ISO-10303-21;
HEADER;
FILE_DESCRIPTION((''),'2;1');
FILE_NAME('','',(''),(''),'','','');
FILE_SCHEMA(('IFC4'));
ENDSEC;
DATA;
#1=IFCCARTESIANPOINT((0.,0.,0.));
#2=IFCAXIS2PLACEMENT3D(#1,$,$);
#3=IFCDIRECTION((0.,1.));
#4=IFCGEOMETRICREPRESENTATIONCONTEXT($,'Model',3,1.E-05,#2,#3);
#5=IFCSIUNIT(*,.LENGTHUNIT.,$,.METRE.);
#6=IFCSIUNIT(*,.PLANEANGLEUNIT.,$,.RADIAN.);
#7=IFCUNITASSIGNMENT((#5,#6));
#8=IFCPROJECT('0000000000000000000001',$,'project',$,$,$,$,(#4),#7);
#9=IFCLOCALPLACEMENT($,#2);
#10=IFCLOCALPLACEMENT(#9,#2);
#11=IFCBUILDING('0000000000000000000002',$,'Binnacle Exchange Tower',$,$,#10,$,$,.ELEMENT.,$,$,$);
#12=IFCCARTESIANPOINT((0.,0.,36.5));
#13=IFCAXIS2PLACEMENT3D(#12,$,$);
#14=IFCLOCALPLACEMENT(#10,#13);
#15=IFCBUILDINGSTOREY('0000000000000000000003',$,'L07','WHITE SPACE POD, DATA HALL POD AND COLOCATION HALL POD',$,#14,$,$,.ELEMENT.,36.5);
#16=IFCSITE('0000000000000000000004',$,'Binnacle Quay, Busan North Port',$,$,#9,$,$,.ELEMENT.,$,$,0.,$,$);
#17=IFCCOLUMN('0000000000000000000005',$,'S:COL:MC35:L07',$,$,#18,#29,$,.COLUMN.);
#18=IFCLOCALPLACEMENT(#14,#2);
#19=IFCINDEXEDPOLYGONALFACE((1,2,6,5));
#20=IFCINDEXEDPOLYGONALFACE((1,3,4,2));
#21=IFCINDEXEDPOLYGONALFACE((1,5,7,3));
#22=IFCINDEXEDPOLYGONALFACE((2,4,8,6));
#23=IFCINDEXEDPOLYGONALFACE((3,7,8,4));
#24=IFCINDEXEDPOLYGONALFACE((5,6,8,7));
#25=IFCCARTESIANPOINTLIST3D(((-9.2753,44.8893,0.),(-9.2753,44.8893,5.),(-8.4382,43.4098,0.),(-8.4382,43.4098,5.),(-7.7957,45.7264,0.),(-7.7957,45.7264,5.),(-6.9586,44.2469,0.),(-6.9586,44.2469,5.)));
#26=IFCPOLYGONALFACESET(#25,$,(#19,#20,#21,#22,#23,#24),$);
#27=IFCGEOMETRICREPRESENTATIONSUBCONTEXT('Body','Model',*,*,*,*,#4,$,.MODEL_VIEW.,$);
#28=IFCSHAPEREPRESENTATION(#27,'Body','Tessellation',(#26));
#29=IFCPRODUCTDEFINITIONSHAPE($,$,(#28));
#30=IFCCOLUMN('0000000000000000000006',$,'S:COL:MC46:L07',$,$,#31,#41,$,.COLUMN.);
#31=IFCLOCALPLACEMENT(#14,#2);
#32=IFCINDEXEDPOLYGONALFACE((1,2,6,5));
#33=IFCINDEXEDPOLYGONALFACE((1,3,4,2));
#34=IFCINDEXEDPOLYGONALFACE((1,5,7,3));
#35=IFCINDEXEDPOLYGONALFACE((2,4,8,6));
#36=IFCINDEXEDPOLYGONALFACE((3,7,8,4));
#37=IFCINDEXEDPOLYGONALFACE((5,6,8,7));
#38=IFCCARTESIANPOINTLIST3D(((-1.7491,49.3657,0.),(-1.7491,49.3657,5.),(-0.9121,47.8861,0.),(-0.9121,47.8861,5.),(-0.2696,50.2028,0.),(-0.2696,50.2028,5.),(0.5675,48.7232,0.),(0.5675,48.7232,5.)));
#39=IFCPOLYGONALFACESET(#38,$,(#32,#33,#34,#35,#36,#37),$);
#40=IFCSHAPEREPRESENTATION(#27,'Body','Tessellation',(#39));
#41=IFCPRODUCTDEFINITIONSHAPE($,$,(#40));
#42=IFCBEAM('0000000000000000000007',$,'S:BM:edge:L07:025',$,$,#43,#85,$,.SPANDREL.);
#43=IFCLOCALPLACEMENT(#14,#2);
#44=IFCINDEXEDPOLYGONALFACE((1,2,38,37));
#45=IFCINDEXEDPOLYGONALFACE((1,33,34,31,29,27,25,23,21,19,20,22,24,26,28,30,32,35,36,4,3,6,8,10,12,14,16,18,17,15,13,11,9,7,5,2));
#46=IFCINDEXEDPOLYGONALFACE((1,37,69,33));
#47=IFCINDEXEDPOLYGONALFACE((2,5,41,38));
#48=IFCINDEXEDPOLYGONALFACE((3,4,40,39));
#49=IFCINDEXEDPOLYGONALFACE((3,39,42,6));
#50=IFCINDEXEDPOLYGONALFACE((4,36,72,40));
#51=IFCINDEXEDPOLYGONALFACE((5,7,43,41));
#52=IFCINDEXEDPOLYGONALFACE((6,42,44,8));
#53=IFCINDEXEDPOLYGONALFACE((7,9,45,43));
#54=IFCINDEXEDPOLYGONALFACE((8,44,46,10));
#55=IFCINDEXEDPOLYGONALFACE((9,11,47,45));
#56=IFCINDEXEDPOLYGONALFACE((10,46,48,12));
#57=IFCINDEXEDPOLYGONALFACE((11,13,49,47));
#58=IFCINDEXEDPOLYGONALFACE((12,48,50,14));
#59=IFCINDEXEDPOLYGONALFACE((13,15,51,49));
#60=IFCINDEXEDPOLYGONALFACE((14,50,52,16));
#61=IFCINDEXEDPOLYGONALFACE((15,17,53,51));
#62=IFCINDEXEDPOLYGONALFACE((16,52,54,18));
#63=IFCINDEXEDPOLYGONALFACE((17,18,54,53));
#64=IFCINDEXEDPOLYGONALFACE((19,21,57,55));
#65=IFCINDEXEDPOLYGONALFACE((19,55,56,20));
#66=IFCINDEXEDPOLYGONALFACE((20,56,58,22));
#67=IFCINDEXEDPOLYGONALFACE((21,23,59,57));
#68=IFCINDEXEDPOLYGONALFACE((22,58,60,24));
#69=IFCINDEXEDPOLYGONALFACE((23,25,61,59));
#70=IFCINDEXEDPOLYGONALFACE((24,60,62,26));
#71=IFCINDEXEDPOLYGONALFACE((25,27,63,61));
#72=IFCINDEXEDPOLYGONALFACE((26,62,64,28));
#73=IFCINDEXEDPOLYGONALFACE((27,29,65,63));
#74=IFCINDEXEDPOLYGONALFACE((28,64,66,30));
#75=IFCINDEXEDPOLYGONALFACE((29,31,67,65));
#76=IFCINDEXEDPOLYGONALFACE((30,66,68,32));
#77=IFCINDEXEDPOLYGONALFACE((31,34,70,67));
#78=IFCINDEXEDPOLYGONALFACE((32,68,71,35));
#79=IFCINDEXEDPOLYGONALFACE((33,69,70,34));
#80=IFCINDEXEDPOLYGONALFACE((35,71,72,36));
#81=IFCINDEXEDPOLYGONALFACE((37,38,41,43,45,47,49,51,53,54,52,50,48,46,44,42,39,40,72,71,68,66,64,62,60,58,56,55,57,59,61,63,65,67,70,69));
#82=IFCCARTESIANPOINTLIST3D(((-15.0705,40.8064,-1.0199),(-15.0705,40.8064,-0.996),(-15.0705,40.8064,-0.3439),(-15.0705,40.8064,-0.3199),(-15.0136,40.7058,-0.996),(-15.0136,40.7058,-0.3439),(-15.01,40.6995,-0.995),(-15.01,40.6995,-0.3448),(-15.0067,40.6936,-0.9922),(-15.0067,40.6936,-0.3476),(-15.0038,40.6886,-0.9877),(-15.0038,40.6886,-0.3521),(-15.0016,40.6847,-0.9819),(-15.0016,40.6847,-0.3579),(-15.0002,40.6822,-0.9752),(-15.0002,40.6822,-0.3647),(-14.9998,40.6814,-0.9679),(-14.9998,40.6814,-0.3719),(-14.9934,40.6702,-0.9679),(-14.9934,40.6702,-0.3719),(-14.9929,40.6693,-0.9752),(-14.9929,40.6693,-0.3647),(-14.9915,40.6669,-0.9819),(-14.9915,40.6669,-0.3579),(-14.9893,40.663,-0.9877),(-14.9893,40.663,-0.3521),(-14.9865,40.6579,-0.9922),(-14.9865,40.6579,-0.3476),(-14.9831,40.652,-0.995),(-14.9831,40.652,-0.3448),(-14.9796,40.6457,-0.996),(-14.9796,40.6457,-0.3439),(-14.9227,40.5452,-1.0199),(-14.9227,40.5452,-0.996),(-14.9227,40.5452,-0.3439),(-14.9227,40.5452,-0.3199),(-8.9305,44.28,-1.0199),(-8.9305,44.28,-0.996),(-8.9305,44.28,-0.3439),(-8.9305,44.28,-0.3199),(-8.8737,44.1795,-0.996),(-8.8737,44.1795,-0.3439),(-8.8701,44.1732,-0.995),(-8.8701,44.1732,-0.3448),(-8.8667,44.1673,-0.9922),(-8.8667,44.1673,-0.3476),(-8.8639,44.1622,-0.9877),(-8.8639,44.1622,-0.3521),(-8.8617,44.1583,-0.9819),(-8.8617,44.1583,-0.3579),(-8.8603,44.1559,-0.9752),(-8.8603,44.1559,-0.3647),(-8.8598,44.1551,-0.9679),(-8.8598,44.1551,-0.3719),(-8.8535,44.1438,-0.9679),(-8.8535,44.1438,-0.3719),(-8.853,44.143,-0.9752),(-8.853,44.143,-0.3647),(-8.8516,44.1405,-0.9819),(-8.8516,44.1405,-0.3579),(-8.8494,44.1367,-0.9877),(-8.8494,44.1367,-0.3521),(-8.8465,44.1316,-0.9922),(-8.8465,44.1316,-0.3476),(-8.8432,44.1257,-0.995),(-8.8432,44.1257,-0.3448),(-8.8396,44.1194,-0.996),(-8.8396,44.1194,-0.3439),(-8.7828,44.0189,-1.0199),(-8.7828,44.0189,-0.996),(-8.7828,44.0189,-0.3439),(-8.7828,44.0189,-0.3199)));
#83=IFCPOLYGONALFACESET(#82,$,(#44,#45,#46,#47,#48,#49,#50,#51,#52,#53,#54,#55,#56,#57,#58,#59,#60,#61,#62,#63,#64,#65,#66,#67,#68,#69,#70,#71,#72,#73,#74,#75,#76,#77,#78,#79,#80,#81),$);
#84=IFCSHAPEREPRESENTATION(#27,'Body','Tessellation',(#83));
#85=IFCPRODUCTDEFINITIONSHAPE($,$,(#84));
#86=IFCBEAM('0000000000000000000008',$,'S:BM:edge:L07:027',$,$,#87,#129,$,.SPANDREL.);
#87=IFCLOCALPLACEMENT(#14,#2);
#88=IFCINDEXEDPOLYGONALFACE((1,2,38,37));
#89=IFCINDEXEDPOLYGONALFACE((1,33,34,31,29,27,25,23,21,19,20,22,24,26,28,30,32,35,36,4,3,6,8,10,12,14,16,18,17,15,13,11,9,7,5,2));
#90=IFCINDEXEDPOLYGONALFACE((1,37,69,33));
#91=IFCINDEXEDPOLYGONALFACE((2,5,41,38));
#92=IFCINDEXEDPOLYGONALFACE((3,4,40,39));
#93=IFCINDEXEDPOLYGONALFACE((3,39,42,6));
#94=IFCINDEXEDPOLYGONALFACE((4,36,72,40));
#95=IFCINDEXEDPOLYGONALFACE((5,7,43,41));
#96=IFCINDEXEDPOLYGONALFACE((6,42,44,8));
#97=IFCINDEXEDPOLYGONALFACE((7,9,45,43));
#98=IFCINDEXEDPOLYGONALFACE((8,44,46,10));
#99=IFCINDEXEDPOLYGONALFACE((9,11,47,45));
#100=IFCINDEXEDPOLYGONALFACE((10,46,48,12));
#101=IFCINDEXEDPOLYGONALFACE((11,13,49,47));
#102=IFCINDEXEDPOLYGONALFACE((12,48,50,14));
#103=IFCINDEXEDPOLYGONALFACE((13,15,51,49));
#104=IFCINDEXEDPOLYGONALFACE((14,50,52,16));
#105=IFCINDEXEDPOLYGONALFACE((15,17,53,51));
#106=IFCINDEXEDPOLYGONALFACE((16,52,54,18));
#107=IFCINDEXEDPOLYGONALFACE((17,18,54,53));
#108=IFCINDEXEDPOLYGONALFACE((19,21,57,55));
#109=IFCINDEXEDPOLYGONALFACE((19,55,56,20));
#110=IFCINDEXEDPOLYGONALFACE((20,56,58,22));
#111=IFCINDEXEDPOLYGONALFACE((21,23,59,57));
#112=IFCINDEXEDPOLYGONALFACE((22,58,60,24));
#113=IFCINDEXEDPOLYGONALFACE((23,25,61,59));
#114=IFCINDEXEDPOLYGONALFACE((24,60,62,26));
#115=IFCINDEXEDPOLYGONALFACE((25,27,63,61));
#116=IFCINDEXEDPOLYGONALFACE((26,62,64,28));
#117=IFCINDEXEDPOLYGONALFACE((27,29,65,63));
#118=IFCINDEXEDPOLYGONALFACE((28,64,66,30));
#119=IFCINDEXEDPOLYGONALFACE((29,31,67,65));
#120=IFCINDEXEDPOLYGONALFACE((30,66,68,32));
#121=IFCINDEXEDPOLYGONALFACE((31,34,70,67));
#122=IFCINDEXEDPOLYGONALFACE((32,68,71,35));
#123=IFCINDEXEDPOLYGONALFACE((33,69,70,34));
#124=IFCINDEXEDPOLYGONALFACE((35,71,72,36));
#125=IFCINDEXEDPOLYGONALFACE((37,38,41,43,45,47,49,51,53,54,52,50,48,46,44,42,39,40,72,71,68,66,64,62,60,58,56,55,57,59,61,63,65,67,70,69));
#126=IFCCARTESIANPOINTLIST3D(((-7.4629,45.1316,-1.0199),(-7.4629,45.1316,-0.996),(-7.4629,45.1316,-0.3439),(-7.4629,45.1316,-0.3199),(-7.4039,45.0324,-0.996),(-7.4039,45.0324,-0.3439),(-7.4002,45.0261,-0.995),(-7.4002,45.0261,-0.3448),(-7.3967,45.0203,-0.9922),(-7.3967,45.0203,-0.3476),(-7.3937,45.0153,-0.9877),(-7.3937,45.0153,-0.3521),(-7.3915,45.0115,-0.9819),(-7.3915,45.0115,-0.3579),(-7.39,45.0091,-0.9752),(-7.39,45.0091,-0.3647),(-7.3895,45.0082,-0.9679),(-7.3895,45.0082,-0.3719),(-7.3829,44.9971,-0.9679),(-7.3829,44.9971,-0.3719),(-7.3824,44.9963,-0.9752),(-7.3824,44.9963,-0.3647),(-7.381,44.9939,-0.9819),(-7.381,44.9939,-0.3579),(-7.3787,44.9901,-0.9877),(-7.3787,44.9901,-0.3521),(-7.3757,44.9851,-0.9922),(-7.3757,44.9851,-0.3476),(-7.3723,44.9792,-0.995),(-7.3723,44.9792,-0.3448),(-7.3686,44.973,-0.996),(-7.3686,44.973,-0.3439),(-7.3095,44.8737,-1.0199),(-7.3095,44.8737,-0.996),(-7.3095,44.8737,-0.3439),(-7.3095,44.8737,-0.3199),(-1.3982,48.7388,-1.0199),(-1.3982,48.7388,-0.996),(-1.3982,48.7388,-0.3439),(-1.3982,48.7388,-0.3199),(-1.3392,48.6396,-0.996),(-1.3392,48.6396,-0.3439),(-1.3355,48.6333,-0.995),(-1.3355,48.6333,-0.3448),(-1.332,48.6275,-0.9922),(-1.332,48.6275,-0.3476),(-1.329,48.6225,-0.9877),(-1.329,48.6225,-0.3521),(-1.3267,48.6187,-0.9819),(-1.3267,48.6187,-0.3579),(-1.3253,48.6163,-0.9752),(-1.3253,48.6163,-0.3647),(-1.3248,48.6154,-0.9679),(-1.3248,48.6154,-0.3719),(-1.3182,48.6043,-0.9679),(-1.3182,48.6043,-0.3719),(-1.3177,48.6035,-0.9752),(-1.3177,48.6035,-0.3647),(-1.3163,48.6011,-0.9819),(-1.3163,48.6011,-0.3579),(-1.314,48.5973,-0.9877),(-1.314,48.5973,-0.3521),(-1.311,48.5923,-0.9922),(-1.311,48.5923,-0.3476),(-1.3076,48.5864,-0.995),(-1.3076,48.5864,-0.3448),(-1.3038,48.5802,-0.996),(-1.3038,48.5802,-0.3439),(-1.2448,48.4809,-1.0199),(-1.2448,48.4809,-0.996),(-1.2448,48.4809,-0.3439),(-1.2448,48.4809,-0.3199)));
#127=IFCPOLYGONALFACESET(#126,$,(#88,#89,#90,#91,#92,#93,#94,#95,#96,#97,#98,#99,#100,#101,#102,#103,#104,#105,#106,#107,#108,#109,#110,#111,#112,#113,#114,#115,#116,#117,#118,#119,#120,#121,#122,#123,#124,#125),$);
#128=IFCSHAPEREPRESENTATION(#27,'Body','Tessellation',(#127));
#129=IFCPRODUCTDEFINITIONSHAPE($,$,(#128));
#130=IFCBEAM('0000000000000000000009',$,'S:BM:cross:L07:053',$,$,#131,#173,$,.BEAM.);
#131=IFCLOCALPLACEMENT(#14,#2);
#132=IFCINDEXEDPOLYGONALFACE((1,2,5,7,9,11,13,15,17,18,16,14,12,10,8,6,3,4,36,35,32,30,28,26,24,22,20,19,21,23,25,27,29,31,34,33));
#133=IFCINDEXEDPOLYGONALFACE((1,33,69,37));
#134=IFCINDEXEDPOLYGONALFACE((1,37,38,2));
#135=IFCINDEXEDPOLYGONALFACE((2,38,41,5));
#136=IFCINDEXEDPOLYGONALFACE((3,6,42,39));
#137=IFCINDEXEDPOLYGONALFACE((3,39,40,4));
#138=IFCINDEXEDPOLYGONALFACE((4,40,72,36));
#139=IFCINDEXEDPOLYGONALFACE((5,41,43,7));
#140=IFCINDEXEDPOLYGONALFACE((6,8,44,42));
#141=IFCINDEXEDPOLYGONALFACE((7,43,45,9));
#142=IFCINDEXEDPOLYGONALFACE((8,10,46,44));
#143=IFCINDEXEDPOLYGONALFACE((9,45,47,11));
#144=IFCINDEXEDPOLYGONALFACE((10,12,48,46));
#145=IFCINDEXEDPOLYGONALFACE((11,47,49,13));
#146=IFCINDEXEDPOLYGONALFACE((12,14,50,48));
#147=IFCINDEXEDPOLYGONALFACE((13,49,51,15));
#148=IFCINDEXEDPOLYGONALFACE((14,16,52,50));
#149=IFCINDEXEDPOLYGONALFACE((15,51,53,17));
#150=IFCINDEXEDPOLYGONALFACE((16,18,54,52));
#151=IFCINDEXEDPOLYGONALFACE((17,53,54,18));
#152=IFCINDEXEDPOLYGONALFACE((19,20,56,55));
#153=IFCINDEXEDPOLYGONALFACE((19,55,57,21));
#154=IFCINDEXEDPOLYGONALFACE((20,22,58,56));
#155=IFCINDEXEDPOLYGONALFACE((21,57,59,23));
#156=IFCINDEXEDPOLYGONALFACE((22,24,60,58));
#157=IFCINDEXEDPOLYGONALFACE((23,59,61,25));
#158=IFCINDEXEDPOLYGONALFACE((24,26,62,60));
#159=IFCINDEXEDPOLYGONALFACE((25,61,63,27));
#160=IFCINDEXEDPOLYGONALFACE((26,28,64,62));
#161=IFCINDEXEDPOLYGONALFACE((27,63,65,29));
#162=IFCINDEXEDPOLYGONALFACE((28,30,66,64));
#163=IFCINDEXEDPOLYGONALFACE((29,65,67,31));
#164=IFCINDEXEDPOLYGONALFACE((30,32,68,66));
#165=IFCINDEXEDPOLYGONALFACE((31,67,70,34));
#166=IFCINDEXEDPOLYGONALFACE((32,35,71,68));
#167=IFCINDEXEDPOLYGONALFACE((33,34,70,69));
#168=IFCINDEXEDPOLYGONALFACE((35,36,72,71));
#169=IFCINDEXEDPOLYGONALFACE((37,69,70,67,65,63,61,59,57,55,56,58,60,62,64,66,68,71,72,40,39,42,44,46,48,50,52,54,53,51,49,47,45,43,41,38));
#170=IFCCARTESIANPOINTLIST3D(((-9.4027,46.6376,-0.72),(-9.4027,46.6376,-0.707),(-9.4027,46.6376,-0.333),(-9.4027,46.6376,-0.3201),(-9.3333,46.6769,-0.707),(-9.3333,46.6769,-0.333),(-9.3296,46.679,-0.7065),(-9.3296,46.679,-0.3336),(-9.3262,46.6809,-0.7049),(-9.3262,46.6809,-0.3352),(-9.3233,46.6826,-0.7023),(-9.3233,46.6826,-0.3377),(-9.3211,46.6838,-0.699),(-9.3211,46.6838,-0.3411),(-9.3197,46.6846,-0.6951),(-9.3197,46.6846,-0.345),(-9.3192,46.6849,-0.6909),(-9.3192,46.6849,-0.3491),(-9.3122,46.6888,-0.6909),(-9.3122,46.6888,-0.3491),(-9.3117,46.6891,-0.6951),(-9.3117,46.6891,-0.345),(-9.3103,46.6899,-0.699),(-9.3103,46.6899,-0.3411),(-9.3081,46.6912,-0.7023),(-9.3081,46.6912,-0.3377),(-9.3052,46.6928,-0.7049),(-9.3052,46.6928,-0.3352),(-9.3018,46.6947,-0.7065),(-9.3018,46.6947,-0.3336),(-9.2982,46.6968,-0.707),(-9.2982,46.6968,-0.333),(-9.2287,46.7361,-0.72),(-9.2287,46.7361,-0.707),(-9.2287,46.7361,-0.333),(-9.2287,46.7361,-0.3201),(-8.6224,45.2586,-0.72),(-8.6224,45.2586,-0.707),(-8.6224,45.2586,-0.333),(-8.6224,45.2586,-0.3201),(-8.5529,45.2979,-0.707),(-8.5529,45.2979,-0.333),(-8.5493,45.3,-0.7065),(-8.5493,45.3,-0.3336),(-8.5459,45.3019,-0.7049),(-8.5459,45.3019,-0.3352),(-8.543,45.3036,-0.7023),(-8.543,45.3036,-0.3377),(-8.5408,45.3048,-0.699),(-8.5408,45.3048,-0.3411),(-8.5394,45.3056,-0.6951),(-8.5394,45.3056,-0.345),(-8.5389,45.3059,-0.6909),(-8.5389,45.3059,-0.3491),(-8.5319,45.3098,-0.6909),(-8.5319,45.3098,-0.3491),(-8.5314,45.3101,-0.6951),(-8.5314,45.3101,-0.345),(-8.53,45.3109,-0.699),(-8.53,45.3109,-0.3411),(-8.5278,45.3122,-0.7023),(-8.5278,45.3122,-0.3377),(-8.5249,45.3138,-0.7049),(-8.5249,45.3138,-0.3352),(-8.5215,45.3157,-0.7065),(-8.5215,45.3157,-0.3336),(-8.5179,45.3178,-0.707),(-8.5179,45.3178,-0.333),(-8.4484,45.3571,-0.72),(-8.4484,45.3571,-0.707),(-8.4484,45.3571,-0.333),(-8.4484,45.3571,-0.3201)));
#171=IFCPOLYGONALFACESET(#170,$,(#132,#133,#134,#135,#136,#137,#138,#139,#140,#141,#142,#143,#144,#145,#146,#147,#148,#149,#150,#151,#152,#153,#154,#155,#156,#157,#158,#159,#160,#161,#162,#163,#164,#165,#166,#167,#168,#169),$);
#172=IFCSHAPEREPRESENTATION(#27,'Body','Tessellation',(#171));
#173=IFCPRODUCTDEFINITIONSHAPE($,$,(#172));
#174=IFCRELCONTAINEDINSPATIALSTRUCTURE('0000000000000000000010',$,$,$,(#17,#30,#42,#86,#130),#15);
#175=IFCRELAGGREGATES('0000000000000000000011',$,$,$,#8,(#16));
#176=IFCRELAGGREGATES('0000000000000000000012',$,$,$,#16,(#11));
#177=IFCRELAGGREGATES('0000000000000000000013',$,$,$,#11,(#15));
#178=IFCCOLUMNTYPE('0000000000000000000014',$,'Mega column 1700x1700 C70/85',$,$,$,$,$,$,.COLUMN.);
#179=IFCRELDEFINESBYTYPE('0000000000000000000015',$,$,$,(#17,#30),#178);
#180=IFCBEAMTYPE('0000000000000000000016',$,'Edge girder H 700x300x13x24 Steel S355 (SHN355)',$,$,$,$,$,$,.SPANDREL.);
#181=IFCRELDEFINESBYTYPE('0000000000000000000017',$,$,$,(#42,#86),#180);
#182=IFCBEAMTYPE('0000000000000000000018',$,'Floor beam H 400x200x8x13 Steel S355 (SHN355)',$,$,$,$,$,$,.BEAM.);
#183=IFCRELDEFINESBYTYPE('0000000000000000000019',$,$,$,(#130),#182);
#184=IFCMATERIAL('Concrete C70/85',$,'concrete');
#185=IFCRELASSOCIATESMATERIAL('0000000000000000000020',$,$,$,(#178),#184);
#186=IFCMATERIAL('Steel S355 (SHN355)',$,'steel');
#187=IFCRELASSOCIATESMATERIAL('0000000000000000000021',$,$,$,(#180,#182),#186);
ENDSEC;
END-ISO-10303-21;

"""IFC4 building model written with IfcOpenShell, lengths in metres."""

from ifc_helpers import new_model, si_unit, direction, frame, origin, origin_2d, place, context, subcontext, project, spatial, rectangle, i_section, extrude, material, material_profile, profile_set, type_object, element, save


model = new_model("IFC4")

# Units and contexts
model_context = context("Model", 3, precision=1e-05, world=origin(), true_north=direction((0.0, 1.0)))
body_context = subcontext(model_context, "Body", "Model", "MODEL_VIEW")
ifc_project = project(units=[si_unit("LENGTHUNIT", "METRE"), si_unit("PLANEANGLEUNIT", "RADIAN")], contexts=[model_context])

# Site, building, storey
site_placement = place(None, origin())
site = spatial("IfcSite", under=ifc_project, at=site_placement, Name="Binnacle Quay, Busan North Port", CompositionType="ELEMENT", RefElevation=0.0)
building_placement = place(site_placement, origin())
building = spatial("IfcBuilding", under=site, at=building_placement, Name="Binnacle Exchange Tower", CompositionType="ELEMENT")
storey_placement = place(building_placement, frame((0.0, 0.0, 36.5)))
storey = spatial("IfcBuildingStorey", under=building, at=storey_placement, Name="L07", Description="WHITE SPACE POD, DATA HALL POD AND COLOCATION HALL POD", CompositionType="ELEMENT", Elevation=36.5)

# Columns
ifc_material_1 = material(Name="Concrete C70/85", Category="concrete")
ifc_material_profile_1 = material_profile(ifc_material_1, rectangle(XDim=1.7, YDim=1.7, at=origin_2d()), Name="Mega column 1700x1700 C70/85")
ifc_profile_set_1 = profile_set([ifc_material_profile_1], Name="Concrete C70/85")
column_type = type_object("IfcColumnType", Name="Mega column 1700x1700 C70/85", PredefinedType="COLUMN", material=ifc_profile_set_1)
for number, where, z_axis, x_axis, name in (
    (1, (-8.1169, 44.5681, 0.0), (0.0, 0.0, 1.0), (0.870356, 0.492424, 0.0), "S:COL:MC35:L07"),
    (2, (-0.5908, 49.0444, 0.0), (0.0, 0.0, 1.0), (0.870356, 0.492424, 0.0), "S:COL:MC46:L07"),
):
    element("IfcColumn", number, at=place(storey_placement, frame(where, z_axis=z_axis, x_axis=x_axis)), inside=storey, type_object=column_type, Name=name, PredefinedType="COLUMN", context=body_context, shape_type="SweptSolid", body=[
        extrude(rectangle(XDim=1.7, YDim=1.7, at=origin_2d()), origin(), (0.0, 0.0, 1.0), 5.0),
    ])

# Beams
ifc_material_2 = material(Name="Steel S355 (SHN355)", Category="steel")
ifc_material_profile_2 = material_profile(ifc_material_2, i_section(OverallWidth=0.3, OverallDepth=0.7, WebThickness=0.0129, FlangeThickness=0.0239, FilletRadius=0.0281, at=origin_2d()), Name="H 700x300x13x24")
ifc_profile_set_2 = profile_set([ifc_material_profile_2], Name="Steel S355 (SHN355)")
beam_type_1 = type_object("IfcBeamType", Name="Edge girder H 700x300x13x24 Steel S355 (SHN355)", PredefinedType="SPANDREL", material=ifc_profile_set_2)
beam_1_placement = place(storey_placement, frame((-14.9966, 40.6758, -0.6699), z_axis=(0.870365, 0.492407, 0.0), x_axis=(-0.492407, 0.870365, 0.0)))
element("IfcBeam", 3, at=beam_1_placement, inside=storey, type_object=beam_type_1, Name="S:BM:edge:L07:025", PredefinedType="SPANDREL", context=body_context, shape_type="SweptSolid", body=[
    extrude(i_section(OverallWidth=0.3, OverallDepth=0.7, WebThickness=0.0129, FlangeThickness=0.0239, FilletRadius=0.0281, at=origin_2d()), origin(), (0.0, 0.0, 1.0), 7.0544),
])
beam_2_placement = place(storey_placement, frame((-7.3862, 45.0027, -0.6699), z_axis=(0.859465, 0.511195, 0.0), x_axis=(-0.511195, 0.859465, 0.0)))
element("IfcBeam", 4, at=beam_2_placement, inside=storey, type_object=beam_type_1, Name="S:BM:edge:L07:027", PredefinedType="SPANDREL", context=body_context, shape_type="SweptSolid", body=[
    extrude(i_section(OverallWidth=0.3, OverallDepth=0.7, WebThickness=0.0129, FlangeThickness=0.0239, FilletRadius=0.0281, at=origin_2d()), origin(), (0.0, 0.0, 1.0), 7.0564),
])
ifc_material_profile_3 = material_profile(ifc_material_2, i_section(OverallWidth=0.2, OverallDepth=0.3999, WebThickness=0.0081, FlangeThickness=0.0129, FilletRadius=0.0161, at=origin_2d()), Name="H 400x200x8x13")
ifc_profile_set_3 = profile_set([ifc_material_profile_3], Name="Steel S355 (SHN355)")
beam_type_2 = type_object("IfcBeamType", Name="Floor beam H 400x200x8x13 Steel S355 (SHN355)", PredefinedType="BEAM", material=ifc_profile_set_3)
beam_3_placement = place(storey_placement, frame((-8.5354, 45.3079, -0.52), z_axis=(-0.492484, 0.870322, 0.0), x_axis=(-0.870322, -0.492484, 0.0)))
element("IfcBeam", 5, at=beam_3_placement, inside=storey, type_object=beam_type_2, Name="S:BM:cross:L07:053", PredefinedType="BEAM", context=body_context, shape_type="SweptSolid", body=[
    extrude(i_section(OverallWidth=0.2, OverallDepth=0.3999, WebThickness=0.0081, FlangeThickness=0.0129, FilletRadius=0.0161, at=origin_2d()), origin(), (0.0, 0.0, 1.0), 1.5845),
])

save(model, "model.ifc")
